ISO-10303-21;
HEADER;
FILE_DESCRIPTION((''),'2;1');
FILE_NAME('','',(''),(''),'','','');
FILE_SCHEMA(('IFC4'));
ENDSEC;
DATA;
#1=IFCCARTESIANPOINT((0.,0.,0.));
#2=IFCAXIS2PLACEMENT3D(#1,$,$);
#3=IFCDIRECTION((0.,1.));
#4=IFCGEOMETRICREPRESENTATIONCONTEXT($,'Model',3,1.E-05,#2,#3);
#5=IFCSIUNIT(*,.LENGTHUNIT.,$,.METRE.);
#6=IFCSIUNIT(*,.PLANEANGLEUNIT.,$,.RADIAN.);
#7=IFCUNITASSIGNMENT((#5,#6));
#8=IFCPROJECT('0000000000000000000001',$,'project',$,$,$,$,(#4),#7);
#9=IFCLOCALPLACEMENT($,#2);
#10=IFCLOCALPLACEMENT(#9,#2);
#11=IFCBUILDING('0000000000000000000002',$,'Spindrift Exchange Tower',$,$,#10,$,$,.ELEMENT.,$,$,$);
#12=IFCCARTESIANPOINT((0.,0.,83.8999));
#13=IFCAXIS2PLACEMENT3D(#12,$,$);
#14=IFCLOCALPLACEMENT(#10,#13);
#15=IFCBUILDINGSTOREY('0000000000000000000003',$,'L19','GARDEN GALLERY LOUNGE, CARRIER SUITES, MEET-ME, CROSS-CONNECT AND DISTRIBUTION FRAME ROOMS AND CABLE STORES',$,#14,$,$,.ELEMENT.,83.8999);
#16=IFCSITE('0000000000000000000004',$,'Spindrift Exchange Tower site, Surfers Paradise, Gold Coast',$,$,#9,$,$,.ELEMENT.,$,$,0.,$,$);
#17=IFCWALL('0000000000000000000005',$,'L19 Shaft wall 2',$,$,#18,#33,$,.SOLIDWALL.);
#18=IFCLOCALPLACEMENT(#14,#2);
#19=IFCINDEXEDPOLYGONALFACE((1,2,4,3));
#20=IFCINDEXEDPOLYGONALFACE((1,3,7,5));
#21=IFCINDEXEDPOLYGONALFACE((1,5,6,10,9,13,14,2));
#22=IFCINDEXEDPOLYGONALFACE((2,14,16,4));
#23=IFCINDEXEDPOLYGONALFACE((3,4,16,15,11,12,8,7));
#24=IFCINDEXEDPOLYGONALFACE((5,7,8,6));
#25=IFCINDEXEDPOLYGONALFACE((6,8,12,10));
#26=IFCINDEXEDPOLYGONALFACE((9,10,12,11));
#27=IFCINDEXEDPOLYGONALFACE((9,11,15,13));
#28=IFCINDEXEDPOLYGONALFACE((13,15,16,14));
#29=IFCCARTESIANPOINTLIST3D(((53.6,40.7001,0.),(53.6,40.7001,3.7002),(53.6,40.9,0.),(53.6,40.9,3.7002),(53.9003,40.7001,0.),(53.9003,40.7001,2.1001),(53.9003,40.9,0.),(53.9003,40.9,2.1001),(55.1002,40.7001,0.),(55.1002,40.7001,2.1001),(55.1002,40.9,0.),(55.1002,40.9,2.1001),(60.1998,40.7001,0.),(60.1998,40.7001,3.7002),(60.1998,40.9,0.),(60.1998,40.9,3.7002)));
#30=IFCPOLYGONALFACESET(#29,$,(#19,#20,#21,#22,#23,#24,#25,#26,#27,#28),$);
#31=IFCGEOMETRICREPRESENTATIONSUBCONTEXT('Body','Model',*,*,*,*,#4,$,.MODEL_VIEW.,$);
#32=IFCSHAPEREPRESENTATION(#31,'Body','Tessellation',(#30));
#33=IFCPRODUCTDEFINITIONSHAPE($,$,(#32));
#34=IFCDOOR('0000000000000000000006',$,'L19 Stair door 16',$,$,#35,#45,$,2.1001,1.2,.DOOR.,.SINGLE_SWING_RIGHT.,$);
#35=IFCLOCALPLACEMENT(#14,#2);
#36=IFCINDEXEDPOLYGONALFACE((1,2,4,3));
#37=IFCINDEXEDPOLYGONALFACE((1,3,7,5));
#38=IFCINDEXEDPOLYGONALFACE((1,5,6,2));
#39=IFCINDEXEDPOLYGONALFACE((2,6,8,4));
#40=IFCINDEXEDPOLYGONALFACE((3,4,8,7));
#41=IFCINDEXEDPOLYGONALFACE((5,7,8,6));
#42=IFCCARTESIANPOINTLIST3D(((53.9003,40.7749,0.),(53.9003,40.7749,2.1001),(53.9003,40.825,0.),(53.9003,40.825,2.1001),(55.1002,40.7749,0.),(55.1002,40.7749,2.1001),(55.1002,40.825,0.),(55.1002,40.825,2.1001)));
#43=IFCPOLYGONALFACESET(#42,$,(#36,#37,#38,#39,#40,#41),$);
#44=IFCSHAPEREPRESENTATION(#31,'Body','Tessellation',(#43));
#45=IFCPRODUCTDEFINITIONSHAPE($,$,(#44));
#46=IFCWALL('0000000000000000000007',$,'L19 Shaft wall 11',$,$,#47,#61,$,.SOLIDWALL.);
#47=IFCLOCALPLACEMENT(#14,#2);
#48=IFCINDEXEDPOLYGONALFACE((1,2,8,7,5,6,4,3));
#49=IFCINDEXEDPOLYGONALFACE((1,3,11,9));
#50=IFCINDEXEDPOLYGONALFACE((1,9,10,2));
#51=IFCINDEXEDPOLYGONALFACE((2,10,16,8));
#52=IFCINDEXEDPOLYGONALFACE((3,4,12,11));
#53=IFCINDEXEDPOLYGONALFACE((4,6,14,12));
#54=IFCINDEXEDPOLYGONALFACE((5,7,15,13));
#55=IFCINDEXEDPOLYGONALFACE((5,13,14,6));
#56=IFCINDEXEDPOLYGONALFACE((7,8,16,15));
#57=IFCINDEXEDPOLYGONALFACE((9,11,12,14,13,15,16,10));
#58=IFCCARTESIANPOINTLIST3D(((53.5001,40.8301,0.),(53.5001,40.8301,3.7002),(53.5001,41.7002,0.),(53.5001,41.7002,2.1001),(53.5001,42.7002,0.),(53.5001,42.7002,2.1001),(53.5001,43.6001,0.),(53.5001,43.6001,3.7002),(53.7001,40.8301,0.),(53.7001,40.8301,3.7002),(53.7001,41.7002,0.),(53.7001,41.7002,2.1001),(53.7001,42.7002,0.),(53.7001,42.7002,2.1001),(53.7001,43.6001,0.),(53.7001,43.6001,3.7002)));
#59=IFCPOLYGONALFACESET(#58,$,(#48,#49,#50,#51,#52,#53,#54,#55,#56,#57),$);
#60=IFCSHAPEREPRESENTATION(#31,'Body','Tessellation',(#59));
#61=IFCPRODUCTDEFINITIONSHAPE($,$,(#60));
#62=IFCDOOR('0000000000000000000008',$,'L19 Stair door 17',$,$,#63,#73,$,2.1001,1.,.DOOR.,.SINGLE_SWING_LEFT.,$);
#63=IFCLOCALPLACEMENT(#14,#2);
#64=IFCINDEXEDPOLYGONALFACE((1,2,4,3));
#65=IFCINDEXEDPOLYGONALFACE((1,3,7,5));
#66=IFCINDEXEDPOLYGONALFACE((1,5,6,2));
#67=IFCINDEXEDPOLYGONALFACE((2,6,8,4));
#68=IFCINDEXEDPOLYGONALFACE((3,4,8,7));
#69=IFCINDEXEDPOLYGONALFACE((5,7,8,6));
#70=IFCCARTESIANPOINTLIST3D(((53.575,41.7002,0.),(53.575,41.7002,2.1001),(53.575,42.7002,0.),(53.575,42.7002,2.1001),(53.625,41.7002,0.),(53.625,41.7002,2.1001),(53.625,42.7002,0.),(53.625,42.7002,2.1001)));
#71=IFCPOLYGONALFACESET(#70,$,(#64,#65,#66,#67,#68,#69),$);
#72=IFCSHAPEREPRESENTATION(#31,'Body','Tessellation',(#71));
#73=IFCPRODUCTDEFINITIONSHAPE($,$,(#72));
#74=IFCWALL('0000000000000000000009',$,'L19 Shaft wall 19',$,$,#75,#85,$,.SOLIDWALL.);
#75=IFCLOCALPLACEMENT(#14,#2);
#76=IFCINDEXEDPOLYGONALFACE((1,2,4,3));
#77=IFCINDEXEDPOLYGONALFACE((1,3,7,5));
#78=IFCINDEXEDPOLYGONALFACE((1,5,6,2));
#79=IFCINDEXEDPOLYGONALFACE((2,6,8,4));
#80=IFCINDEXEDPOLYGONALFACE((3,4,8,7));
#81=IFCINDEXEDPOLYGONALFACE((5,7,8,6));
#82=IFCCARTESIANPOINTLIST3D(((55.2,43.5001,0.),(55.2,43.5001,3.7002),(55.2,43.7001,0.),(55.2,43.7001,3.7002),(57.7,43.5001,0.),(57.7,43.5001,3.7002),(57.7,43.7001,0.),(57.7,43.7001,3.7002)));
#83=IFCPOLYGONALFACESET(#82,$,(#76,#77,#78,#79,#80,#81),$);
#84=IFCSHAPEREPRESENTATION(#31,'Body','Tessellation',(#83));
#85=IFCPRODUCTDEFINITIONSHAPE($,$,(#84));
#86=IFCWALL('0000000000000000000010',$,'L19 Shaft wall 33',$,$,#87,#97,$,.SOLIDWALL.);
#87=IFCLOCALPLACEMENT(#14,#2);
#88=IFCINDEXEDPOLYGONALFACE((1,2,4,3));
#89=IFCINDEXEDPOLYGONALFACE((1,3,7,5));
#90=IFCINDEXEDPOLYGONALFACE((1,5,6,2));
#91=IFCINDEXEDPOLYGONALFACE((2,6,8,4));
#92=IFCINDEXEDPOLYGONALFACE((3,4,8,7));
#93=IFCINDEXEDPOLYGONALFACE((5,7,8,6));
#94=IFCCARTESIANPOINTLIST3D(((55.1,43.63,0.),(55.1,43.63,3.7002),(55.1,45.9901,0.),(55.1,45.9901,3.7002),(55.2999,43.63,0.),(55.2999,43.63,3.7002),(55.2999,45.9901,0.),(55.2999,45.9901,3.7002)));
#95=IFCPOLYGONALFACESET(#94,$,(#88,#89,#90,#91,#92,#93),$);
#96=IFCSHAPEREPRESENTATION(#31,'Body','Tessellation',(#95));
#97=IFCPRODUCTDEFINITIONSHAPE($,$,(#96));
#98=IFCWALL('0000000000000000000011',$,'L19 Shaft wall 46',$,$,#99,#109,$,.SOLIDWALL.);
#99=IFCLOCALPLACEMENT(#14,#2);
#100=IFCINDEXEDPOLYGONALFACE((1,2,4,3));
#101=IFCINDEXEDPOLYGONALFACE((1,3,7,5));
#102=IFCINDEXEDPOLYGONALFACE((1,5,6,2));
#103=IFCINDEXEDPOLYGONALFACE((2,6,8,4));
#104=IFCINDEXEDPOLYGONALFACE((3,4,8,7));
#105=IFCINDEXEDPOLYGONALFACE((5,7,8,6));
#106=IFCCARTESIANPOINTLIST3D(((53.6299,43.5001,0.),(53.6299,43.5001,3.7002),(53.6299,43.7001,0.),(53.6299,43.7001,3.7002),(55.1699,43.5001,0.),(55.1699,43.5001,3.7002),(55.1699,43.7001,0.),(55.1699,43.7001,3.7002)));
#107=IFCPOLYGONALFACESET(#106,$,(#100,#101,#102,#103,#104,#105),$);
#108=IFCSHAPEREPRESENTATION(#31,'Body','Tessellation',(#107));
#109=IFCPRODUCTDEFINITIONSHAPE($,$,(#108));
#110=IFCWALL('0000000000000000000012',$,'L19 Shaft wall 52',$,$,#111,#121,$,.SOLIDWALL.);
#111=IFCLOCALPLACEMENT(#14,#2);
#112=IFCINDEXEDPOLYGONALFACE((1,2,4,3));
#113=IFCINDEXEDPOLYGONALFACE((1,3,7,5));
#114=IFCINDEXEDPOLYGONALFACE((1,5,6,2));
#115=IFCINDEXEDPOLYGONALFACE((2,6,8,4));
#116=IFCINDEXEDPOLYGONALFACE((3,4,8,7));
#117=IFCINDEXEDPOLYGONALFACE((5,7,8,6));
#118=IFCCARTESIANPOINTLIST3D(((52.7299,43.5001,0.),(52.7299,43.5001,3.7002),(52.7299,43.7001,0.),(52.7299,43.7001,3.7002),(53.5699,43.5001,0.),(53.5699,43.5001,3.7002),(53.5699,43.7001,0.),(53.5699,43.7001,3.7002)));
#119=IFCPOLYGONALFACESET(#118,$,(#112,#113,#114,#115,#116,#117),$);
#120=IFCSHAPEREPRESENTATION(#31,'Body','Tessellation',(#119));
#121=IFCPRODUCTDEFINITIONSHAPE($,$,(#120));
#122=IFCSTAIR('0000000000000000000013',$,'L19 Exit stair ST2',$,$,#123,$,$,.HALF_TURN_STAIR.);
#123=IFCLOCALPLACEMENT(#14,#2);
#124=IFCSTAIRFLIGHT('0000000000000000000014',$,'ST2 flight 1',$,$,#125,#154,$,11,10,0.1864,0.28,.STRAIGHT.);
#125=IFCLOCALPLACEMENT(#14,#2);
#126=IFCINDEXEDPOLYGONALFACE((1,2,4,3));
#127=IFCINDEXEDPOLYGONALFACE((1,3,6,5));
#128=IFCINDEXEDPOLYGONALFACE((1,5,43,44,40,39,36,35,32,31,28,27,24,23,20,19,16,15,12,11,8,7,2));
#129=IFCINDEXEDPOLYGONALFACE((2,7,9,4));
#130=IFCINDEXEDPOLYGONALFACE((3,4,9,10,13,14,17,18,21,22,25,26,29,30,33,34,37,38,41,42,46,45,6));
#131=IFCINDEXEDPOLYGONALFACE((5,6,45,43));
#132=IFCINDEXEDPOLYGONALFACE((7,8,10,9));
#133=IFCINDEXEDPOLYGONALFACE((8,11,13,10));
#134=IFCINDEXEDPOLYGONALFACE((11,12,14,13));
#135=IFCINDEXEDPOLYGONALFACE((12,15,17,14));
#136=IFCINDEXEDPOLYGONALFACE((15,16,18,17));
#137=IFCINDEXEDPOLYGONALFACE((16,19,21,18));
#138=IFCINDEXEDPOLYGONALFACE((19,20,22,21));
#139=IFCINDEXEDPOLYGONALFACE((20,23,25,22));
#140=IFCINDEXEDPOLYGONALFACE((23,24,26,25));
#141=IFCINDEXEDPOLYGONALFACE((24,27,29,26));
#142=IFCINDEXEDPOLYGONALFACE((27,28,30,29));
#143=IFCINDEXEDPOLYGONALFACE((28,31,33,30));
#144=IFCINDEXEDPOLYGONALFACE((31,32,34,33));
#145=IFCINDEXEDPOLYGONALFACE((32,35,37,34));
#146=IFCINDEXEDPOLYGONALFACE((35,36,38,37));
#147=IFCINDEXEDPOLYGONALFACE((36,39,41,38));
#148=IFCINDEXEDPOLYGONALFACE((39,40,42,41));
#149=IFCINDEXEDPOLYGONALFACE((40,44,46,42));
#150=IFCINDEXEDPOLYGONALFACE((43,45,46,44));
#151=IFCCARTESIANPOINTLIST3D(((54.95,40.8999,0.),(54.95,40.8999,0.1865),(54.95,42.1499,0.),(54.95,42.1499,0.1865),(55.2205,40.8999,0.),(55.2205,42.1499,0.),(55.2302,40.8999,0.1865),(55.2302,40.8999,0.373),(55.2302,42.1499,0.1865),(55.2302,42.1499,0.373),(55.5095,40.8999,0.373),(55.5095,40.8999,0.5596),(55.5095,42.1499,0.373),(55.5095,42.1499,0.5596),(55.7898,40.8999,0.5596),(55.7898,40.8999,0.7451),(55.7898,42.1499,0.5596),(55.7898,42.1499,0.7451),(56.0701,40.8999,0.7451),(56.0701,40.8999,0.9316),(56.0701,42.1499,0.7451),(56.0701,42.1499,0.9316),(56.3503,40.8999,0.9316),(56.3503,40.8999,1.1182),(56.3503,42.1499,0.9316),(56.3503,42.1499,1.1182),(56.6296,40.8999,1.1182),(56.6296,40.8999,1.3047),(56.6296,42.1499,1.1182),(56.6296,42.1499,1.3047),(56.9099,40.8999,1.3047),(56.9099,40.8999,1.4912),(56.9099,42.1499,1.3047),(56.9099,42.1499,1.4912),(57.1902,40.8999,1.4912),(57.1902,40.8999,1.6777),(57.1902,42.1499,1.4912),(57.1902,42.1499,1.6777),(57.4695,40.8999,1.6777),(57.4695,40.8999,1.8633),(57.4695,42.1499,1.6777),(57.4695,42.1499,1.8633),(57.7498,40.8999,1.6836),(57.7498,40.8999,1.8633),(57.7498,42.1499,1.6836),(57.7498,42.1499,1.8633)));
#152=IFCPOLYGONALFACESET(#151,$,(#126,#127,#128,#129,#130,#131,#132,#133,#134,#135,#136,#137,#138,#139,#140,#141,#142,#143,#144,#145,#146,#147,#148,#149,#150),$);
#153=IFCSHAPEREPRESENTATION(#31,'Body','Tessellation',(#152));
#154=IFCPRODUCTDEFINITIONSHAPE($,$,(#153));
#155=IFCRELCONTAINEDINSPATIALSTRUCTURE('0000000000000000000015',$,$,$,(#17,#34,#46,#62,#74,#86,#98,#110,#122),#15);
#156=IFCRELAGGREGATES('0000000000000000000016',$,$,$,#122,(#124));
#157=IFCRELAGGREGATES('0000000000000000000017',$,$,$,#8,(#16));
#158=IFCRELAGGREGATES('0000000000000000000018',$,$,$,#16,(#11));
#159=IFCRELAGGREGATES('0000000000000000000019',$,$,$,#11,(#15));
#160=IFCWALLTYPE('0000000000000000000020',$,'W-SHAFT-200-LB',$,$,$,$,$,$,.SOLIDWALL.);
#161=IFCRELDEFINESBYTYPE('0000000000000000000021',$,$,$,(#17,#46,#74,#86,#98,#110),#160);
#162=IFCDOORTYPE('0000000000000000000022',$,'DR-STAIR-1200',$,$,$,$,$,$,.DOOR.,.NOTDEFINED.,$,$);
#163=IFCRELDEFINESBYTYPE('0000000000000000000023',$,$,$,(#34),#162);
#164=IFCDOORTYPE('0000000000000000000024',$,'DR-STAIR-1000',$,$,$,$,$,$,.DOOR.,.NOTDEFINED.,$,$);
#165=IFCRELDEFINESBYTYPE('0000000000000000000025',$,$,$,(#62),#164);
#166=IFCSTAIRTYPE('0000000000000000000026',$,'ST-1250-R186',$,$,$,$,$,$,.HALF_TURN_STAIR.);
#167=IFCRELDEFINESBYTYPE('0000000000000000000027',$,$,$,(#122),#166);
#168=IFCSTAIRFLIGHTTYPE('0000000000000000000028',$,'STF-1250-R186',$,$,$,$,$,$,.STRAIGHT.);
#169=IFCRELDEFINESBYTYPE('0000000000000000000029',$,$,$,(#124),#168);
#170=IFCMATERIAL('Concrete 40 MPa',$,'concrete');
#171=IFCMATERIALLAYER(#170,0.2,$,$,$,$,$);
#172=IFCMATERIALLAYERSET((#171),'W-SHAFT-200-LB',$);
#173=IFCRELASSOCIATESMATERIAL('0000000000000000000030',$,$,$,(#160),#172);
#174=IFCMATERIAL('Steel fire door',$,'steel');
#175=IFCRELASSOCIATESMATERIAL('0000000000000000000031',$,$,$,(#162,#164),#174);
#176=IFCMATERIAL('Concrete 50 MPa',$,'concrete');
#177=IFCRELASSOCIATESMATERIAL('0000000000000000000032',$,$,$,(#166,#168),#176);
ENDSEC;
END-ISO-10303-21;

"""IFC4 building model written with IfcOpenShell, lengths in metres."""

from ifc_helpers import new_model, si_unit, direction, frame, frame_2d, origin, place, context, subcontext, project, spatial, line, indexed_curve, rectangle, outline, extrude, source, transform, mapped, material, layer, layer_set, type_object, element, fill, aggregate, save


model = new_model("IFC4")

# Units and contexts
model_context = context("Model", 3, precision=1e-05, world=origin(), true_north=direction((0.0, 1.0)))
body_context = subcontext(model_context, "Body", "Model", "MODEL_VIEW")
ifc_project = project(units=[si_unit("LENGTHUNIT", "METRE"), si_unit("PLANEANGLEUNIT", "RADIAN")], contexts=[model_context])

# Site, building, storey
site_placement = place(None, origin())
site = spatial("IfcSite", under=ifc_project, at=site_placement, Name="Spindrift Exchange Tower site, Surfers Paradise, Gold Coast", CompositionType="ELEMENT", RefElevation=0.0)
building_placement = place(site_placement, origin())
building = spatial("IfcBuilding", under=site, at=building_placement, Name="Spindrift Exchange Tower", CompositionType="ELEMENT")
storey_placement = place(building_placement, frame((0.0, 0.0, 83.8999)))
storey = spatial("IfcBuildingStorey", under=building, at=storey_placement, Name="L19", Description="GARDEN GALLERY LOUNGE, CARRIER SUITES, MEET-ME, CROSS-CONNECT AND DISTRIBUTION FRAME ROOMS AND CABLE STORES", CompositionType="ELEMENT", Elevation=83.8999)

# Shared definitions
ifc_material_1 = material(Name="Concrete 40 MPa", Category="concrete")

# Walls, openings, doors
ifc_layer_1 = layer(ifc_material_1, 0.2)
ifc_layer_set_1 = layer_set([ifc_layer_1], Name="W-SHAFT-200-LB")
wall_type_1 = type_object("IfcWallType", Name="W-SHAFT-200-LB", PredefinedType="SOLIDWALL", material=ifc_layer_set_1)
wall_1_placement = place(storey_placement, frame((53.6001, 40.8, 0.0), z_axis=(0.0, 0.0, 1.0), x_axis=(1.0, 0.0, 0.0)))
wall_1 = element("IfcWall", 1, at=wall_1_placement, inside=storey, type_object=wall_type_1, Name="L19 Shaft wall 2", PredefinedType="SOLIDWALL", context=body_context, shape_type="SweptSolid", body=[
    extrude(rectangle(XDim=6.5999, YDim=0.2, at=frame_2d((3.2998, 0.0))), origin(), (0.0, 0.0, 1.0), 3.7002),
])
opening_1_placement = place(wall_1_placement, frame((0.3, 0.0, 0.0)))
opening_1 = element("IfcOpeningElement", 2, at=opening_1_placement, cuts=wall_1, PredefinedType="OPENING", context=body_context, shape_type="SweptSolid", body=[
    extrude(rectangle(XDim=1.2, YDim=2.1001, at=frame_2d((0.6001, 1.05))), frame((0.0, 0.1099, 0.0), z_axis=(0.0, -1.0, 0.0), x_axis=(1.0, 0.0, 0.0)), (0.0, 0.0, 1.0), 0.22),
])
ifc_material_2 = material(Name="Steel fire door", Category="steel")
door_type_1 = type_object("IfcDoorType", Name="DR-STAIR-1200", OperationType="NOTDEFINED", PredefinedType="DOOR", material=ifc_material_2)
shared_shape_1 = source(origin(), body_context, "Body", "SweptSolid", [
    extrude(rectangle(XDim=1.2, YDim=2.1001, at=frame_2d((0.6001, 1.05))), frame((0.0, 0.0249, 0.0), z_axis=(0.0, -1.0, 0.0), x_axis=(1.0, 0.0, 0.0)), (0.0, 0.0, 1.0), 0.05),
])
door_1_placement = place(opening_1_placement, origin())
door_1 = element("IfcDoor", 3, at=door_1_placement, inside=storey, type_object=door_type_1, Name="L19 Stair door 16", OperationType="SINGLE_SWING_RIGHT", OverallHeight=2.1001, OverallWidth=1.2, PredefinedType="DOOR", context=body_context, shape_type="MappedRepresentation", body=[
    mapped(shared_shape_1, transform((0.0, 0.0, 0.0), scale=1.0)),
])
fill(opening_1, door_1)
wall_2_placement = place(storey_placement, frame((53.6001, 43.6001, 0.0), z_axis=(0.0, 0.0, 1.0), x_axis=(0.0, -1.0, 0.0)))
wall_2 = element("IfcWall", 4, at=wall_2_placement, inside=storey, type_object=wall_type_1, Name="L19 Shaft wall 11", PredefinedType="SOLIDWALL", context=body_context, shape_type="SweptSolid", body=[
    extrude(rectangle(XDim=2.77, YDim=0.2, at=frame_2d((1.385, 0.0))), origin(), (0.0, 0.0, 1.0), 3.7002),
])
opening_2_placement = place(wall_2_placement, frame((0.8999, 0.0, 0.0)))
opening_2 = element("IfcOpeningElement", 5, at=opening_2_placement, cuts=wall_2, PredefinedType="OPENING", context=body_context, shape_type="SweptSolid", body=[
    extrude(rectangle(XDim=1.0, YDim=2.1001, at=frame_2d((0.5, 1.05))), frame((0.0, 0.1099, 0.0), z_axis=(0.0, -1.0, 0.0), x_axis=(1.0, 0.0, 0.0)), (0.0, 0.0, 1.0), 0.22),
])
door_type_2 = type_object("IfcDoorType", Name="DR-STAIR-1000", OperationType="NOTDEFINED", PredefinedType="DOOR", material=ifc_material_2)
shared_shape_2 = source(origin(), body_context, "Body", "SweptSolid", [
    extrude(rectangle(XDim=1.0, YDim=2.1001, at=frame_2d((0.5, 1.05))), frame((0.0, 0.0249, 0.0), z_axis=(0.0, -1.0, 0.0), x_axis=(1.0, 0.0, 0.0)), (0.0, 0.0, 1.0), 0.05),
])
door_2_placement = place(opening_2_placement, origin())
door_2 = element("IfcDoor", 6, at=door_2_placement, inside=storey, type_object=door_type_2, Name="L19 Stair door 17", OperationType="SINGLE_SWING_LEFT", OverallHeight=2.1001, OverallWidth=1.0, PredefinedType="DOOR", context=body_context, shape_type="MappedRepresentation", body=[
    mapped(shared_shape_2, transform((0.0, 0.0, 0.0), scale=1.0)),
])
fill(opening_2, door_2)

# Walls
wall_3_placement = place(storey_placement, frame((55.2, 43.6001, 0.0), z_axis=(0.0, 0.0, 1.0), x_axis=(1.0, 0.0, 0.0)))
element("IfcWall", 7, at=wall_3_placement, inside=storey, type_object=wall_type_1, Name="L19 Shaft wall 19", PredefinedType="SOLIDWALL", context=body_context, shape_type="SweptSolid", body=[
    extrude(rectangle(XDim=2.5, YDim=0.2, at=frame_2d((1.25, 0.0))), origin(), (0.0, 0.0, 1.0), 3.7002),
])
wall_4_placement = place(storey_placement, frame((55.2, 43.6299, 0.0), z_axis=(0.0, 0.0, 1.0), x_axis=(0.0, 1.0, 0.0)))
element("IfcWall", 8, at=wall_4_placement, inside=storey, type_object=wall_type_1, Name="L19 Shaft wall 33", PredefinedType="SOLIDWALL", context=body_context, shape_type="SweptSolid", body=[
    extrude(rectangle(XDim=2.3601, YDim=0.2, at=frame_2d((1.1802, 0.0))), origin(), (0.0, 0.0, 1.0), 3.7002),
])
wall_5_placement = place(storey_placement, frame((53.6299, 43.6001, 0.0), z_axis=(0.0, 0.0, 1.0), x_axis=(1.0, 0.0, 0.0)))
element("IfcWall", 9, at=wall_5_placement, inside=storey, type_object=wall_type_1, Name="L19 Shaft wall 46", PredefinedType="SOLIDWALL", context=body_context, shape_type="SweptSolid", body=[
    extrude(rectangle(XDim=1.54, YDim=0.2, at=frame_2d((0.77, 0.0))), origin(), (0.0, 0.0, 1.0), 3.7002),
])
wall_6_placement = place(storey_placement, frame((52.73, 43.6001, 0.0), z_axis=(0.0, 0.0, 1.0), x_axis=(1.0, 0.0, 0.0)))
element("IfcWall", 10, at=wall_6_placement, inside=storey, type_object=wall_type_1, Name="L19 Shaft wall 52", PredefinedType="SOLIDWALL", context=body_context, shape_type="SweptSolid", body=[
    extrude(rectangle(XDim=0.8401, YDim=0.2, at=frame_2d((0.4199, 0.0))), origin(), (0.0, 0.0, 1.0), 3.7002),
])

# Stair, stair flight
ifc_material_3 = material(Name="Concrete 50 MPa", Category="concrete")
stair_type = type_object("IfcStairType", Name="ST-1250-R186", PredefinedType="HALF_TURN_STAIR", material=ifc_material_3)
stair_placement = place(storey_placement, origin())
stair = element("IfcStair", 11, at=stair_placement, inside=storey, type_object=stair_type, Name="L19 Exit stair ST2", PredefinedType="HALF_TURN_STAIR")
stair_flight_type = type_object("IfcStairFlightType", Name="STF-1250-R186", PredefinedType="STRAIGHT", material=ifc_material_3)
stair_flight_placement = place(storey_placement, frame((54.95, 41.5249, 0.0), z_axis=(0.0, 0.0, 1.0), x_axis=(1.0, 0.0, 0.0)))
stair_flight = element("IfcStairFlight", 12, at=stair_flight_placement, type_object=stair_flight_type, Name="ST2 flight 1", NumberOfRisers=11, NumberOfTreads=10, PredefinedType="STRAIGHT", RiserHeight=0.1864, TreadLength=0.28, context=body_context, shape_type="SweptSolid", body=[
    extrude(outline(indexed_curve([(0.0, 0.0), (0.0, 0.1865), (0.2803, 0.1865), (0.2803, 0.373), (0.5596, 0.373), (0.5596, 0.5596), (0.8398, 0.5596), (0.8398, 0.7451), (1.1201, 0.7451), (1.1201, 0.9316), (1.4004, 0.9316), (1.4004, 1.1182), (1.6797, 1.1182), (1.6797, 1.3047), (1.96, 1.3047), (1.96, 1.4912), (2.2402, 1.4912), (2.2402, 1.6777), (2.5195, 1.6777), (2.5195, 1.8633), (2.7998, 1.8633), (2.7998, 2.0498), (2.7998, 1.6836), (0.2705, 0.0)], segments=[line(1, 2, 3, 4, 5, 6, 7, 8, 9, 10, 11, 12, 13, 14, 15, 16, 17, 18, 19, 20, 21, 22, 23, 24, 1)], self_intersect=False)), frame((0.0, 0.625, 0.0), z_axis=(0.0, -1.0, 0.0), x_axis=(1.0, 0.0, 0.0)), (0.0, 0.0, 1.0), 1.25),
])
aggregate(stair, [stair_flight])

save(model, "model.ifc")
